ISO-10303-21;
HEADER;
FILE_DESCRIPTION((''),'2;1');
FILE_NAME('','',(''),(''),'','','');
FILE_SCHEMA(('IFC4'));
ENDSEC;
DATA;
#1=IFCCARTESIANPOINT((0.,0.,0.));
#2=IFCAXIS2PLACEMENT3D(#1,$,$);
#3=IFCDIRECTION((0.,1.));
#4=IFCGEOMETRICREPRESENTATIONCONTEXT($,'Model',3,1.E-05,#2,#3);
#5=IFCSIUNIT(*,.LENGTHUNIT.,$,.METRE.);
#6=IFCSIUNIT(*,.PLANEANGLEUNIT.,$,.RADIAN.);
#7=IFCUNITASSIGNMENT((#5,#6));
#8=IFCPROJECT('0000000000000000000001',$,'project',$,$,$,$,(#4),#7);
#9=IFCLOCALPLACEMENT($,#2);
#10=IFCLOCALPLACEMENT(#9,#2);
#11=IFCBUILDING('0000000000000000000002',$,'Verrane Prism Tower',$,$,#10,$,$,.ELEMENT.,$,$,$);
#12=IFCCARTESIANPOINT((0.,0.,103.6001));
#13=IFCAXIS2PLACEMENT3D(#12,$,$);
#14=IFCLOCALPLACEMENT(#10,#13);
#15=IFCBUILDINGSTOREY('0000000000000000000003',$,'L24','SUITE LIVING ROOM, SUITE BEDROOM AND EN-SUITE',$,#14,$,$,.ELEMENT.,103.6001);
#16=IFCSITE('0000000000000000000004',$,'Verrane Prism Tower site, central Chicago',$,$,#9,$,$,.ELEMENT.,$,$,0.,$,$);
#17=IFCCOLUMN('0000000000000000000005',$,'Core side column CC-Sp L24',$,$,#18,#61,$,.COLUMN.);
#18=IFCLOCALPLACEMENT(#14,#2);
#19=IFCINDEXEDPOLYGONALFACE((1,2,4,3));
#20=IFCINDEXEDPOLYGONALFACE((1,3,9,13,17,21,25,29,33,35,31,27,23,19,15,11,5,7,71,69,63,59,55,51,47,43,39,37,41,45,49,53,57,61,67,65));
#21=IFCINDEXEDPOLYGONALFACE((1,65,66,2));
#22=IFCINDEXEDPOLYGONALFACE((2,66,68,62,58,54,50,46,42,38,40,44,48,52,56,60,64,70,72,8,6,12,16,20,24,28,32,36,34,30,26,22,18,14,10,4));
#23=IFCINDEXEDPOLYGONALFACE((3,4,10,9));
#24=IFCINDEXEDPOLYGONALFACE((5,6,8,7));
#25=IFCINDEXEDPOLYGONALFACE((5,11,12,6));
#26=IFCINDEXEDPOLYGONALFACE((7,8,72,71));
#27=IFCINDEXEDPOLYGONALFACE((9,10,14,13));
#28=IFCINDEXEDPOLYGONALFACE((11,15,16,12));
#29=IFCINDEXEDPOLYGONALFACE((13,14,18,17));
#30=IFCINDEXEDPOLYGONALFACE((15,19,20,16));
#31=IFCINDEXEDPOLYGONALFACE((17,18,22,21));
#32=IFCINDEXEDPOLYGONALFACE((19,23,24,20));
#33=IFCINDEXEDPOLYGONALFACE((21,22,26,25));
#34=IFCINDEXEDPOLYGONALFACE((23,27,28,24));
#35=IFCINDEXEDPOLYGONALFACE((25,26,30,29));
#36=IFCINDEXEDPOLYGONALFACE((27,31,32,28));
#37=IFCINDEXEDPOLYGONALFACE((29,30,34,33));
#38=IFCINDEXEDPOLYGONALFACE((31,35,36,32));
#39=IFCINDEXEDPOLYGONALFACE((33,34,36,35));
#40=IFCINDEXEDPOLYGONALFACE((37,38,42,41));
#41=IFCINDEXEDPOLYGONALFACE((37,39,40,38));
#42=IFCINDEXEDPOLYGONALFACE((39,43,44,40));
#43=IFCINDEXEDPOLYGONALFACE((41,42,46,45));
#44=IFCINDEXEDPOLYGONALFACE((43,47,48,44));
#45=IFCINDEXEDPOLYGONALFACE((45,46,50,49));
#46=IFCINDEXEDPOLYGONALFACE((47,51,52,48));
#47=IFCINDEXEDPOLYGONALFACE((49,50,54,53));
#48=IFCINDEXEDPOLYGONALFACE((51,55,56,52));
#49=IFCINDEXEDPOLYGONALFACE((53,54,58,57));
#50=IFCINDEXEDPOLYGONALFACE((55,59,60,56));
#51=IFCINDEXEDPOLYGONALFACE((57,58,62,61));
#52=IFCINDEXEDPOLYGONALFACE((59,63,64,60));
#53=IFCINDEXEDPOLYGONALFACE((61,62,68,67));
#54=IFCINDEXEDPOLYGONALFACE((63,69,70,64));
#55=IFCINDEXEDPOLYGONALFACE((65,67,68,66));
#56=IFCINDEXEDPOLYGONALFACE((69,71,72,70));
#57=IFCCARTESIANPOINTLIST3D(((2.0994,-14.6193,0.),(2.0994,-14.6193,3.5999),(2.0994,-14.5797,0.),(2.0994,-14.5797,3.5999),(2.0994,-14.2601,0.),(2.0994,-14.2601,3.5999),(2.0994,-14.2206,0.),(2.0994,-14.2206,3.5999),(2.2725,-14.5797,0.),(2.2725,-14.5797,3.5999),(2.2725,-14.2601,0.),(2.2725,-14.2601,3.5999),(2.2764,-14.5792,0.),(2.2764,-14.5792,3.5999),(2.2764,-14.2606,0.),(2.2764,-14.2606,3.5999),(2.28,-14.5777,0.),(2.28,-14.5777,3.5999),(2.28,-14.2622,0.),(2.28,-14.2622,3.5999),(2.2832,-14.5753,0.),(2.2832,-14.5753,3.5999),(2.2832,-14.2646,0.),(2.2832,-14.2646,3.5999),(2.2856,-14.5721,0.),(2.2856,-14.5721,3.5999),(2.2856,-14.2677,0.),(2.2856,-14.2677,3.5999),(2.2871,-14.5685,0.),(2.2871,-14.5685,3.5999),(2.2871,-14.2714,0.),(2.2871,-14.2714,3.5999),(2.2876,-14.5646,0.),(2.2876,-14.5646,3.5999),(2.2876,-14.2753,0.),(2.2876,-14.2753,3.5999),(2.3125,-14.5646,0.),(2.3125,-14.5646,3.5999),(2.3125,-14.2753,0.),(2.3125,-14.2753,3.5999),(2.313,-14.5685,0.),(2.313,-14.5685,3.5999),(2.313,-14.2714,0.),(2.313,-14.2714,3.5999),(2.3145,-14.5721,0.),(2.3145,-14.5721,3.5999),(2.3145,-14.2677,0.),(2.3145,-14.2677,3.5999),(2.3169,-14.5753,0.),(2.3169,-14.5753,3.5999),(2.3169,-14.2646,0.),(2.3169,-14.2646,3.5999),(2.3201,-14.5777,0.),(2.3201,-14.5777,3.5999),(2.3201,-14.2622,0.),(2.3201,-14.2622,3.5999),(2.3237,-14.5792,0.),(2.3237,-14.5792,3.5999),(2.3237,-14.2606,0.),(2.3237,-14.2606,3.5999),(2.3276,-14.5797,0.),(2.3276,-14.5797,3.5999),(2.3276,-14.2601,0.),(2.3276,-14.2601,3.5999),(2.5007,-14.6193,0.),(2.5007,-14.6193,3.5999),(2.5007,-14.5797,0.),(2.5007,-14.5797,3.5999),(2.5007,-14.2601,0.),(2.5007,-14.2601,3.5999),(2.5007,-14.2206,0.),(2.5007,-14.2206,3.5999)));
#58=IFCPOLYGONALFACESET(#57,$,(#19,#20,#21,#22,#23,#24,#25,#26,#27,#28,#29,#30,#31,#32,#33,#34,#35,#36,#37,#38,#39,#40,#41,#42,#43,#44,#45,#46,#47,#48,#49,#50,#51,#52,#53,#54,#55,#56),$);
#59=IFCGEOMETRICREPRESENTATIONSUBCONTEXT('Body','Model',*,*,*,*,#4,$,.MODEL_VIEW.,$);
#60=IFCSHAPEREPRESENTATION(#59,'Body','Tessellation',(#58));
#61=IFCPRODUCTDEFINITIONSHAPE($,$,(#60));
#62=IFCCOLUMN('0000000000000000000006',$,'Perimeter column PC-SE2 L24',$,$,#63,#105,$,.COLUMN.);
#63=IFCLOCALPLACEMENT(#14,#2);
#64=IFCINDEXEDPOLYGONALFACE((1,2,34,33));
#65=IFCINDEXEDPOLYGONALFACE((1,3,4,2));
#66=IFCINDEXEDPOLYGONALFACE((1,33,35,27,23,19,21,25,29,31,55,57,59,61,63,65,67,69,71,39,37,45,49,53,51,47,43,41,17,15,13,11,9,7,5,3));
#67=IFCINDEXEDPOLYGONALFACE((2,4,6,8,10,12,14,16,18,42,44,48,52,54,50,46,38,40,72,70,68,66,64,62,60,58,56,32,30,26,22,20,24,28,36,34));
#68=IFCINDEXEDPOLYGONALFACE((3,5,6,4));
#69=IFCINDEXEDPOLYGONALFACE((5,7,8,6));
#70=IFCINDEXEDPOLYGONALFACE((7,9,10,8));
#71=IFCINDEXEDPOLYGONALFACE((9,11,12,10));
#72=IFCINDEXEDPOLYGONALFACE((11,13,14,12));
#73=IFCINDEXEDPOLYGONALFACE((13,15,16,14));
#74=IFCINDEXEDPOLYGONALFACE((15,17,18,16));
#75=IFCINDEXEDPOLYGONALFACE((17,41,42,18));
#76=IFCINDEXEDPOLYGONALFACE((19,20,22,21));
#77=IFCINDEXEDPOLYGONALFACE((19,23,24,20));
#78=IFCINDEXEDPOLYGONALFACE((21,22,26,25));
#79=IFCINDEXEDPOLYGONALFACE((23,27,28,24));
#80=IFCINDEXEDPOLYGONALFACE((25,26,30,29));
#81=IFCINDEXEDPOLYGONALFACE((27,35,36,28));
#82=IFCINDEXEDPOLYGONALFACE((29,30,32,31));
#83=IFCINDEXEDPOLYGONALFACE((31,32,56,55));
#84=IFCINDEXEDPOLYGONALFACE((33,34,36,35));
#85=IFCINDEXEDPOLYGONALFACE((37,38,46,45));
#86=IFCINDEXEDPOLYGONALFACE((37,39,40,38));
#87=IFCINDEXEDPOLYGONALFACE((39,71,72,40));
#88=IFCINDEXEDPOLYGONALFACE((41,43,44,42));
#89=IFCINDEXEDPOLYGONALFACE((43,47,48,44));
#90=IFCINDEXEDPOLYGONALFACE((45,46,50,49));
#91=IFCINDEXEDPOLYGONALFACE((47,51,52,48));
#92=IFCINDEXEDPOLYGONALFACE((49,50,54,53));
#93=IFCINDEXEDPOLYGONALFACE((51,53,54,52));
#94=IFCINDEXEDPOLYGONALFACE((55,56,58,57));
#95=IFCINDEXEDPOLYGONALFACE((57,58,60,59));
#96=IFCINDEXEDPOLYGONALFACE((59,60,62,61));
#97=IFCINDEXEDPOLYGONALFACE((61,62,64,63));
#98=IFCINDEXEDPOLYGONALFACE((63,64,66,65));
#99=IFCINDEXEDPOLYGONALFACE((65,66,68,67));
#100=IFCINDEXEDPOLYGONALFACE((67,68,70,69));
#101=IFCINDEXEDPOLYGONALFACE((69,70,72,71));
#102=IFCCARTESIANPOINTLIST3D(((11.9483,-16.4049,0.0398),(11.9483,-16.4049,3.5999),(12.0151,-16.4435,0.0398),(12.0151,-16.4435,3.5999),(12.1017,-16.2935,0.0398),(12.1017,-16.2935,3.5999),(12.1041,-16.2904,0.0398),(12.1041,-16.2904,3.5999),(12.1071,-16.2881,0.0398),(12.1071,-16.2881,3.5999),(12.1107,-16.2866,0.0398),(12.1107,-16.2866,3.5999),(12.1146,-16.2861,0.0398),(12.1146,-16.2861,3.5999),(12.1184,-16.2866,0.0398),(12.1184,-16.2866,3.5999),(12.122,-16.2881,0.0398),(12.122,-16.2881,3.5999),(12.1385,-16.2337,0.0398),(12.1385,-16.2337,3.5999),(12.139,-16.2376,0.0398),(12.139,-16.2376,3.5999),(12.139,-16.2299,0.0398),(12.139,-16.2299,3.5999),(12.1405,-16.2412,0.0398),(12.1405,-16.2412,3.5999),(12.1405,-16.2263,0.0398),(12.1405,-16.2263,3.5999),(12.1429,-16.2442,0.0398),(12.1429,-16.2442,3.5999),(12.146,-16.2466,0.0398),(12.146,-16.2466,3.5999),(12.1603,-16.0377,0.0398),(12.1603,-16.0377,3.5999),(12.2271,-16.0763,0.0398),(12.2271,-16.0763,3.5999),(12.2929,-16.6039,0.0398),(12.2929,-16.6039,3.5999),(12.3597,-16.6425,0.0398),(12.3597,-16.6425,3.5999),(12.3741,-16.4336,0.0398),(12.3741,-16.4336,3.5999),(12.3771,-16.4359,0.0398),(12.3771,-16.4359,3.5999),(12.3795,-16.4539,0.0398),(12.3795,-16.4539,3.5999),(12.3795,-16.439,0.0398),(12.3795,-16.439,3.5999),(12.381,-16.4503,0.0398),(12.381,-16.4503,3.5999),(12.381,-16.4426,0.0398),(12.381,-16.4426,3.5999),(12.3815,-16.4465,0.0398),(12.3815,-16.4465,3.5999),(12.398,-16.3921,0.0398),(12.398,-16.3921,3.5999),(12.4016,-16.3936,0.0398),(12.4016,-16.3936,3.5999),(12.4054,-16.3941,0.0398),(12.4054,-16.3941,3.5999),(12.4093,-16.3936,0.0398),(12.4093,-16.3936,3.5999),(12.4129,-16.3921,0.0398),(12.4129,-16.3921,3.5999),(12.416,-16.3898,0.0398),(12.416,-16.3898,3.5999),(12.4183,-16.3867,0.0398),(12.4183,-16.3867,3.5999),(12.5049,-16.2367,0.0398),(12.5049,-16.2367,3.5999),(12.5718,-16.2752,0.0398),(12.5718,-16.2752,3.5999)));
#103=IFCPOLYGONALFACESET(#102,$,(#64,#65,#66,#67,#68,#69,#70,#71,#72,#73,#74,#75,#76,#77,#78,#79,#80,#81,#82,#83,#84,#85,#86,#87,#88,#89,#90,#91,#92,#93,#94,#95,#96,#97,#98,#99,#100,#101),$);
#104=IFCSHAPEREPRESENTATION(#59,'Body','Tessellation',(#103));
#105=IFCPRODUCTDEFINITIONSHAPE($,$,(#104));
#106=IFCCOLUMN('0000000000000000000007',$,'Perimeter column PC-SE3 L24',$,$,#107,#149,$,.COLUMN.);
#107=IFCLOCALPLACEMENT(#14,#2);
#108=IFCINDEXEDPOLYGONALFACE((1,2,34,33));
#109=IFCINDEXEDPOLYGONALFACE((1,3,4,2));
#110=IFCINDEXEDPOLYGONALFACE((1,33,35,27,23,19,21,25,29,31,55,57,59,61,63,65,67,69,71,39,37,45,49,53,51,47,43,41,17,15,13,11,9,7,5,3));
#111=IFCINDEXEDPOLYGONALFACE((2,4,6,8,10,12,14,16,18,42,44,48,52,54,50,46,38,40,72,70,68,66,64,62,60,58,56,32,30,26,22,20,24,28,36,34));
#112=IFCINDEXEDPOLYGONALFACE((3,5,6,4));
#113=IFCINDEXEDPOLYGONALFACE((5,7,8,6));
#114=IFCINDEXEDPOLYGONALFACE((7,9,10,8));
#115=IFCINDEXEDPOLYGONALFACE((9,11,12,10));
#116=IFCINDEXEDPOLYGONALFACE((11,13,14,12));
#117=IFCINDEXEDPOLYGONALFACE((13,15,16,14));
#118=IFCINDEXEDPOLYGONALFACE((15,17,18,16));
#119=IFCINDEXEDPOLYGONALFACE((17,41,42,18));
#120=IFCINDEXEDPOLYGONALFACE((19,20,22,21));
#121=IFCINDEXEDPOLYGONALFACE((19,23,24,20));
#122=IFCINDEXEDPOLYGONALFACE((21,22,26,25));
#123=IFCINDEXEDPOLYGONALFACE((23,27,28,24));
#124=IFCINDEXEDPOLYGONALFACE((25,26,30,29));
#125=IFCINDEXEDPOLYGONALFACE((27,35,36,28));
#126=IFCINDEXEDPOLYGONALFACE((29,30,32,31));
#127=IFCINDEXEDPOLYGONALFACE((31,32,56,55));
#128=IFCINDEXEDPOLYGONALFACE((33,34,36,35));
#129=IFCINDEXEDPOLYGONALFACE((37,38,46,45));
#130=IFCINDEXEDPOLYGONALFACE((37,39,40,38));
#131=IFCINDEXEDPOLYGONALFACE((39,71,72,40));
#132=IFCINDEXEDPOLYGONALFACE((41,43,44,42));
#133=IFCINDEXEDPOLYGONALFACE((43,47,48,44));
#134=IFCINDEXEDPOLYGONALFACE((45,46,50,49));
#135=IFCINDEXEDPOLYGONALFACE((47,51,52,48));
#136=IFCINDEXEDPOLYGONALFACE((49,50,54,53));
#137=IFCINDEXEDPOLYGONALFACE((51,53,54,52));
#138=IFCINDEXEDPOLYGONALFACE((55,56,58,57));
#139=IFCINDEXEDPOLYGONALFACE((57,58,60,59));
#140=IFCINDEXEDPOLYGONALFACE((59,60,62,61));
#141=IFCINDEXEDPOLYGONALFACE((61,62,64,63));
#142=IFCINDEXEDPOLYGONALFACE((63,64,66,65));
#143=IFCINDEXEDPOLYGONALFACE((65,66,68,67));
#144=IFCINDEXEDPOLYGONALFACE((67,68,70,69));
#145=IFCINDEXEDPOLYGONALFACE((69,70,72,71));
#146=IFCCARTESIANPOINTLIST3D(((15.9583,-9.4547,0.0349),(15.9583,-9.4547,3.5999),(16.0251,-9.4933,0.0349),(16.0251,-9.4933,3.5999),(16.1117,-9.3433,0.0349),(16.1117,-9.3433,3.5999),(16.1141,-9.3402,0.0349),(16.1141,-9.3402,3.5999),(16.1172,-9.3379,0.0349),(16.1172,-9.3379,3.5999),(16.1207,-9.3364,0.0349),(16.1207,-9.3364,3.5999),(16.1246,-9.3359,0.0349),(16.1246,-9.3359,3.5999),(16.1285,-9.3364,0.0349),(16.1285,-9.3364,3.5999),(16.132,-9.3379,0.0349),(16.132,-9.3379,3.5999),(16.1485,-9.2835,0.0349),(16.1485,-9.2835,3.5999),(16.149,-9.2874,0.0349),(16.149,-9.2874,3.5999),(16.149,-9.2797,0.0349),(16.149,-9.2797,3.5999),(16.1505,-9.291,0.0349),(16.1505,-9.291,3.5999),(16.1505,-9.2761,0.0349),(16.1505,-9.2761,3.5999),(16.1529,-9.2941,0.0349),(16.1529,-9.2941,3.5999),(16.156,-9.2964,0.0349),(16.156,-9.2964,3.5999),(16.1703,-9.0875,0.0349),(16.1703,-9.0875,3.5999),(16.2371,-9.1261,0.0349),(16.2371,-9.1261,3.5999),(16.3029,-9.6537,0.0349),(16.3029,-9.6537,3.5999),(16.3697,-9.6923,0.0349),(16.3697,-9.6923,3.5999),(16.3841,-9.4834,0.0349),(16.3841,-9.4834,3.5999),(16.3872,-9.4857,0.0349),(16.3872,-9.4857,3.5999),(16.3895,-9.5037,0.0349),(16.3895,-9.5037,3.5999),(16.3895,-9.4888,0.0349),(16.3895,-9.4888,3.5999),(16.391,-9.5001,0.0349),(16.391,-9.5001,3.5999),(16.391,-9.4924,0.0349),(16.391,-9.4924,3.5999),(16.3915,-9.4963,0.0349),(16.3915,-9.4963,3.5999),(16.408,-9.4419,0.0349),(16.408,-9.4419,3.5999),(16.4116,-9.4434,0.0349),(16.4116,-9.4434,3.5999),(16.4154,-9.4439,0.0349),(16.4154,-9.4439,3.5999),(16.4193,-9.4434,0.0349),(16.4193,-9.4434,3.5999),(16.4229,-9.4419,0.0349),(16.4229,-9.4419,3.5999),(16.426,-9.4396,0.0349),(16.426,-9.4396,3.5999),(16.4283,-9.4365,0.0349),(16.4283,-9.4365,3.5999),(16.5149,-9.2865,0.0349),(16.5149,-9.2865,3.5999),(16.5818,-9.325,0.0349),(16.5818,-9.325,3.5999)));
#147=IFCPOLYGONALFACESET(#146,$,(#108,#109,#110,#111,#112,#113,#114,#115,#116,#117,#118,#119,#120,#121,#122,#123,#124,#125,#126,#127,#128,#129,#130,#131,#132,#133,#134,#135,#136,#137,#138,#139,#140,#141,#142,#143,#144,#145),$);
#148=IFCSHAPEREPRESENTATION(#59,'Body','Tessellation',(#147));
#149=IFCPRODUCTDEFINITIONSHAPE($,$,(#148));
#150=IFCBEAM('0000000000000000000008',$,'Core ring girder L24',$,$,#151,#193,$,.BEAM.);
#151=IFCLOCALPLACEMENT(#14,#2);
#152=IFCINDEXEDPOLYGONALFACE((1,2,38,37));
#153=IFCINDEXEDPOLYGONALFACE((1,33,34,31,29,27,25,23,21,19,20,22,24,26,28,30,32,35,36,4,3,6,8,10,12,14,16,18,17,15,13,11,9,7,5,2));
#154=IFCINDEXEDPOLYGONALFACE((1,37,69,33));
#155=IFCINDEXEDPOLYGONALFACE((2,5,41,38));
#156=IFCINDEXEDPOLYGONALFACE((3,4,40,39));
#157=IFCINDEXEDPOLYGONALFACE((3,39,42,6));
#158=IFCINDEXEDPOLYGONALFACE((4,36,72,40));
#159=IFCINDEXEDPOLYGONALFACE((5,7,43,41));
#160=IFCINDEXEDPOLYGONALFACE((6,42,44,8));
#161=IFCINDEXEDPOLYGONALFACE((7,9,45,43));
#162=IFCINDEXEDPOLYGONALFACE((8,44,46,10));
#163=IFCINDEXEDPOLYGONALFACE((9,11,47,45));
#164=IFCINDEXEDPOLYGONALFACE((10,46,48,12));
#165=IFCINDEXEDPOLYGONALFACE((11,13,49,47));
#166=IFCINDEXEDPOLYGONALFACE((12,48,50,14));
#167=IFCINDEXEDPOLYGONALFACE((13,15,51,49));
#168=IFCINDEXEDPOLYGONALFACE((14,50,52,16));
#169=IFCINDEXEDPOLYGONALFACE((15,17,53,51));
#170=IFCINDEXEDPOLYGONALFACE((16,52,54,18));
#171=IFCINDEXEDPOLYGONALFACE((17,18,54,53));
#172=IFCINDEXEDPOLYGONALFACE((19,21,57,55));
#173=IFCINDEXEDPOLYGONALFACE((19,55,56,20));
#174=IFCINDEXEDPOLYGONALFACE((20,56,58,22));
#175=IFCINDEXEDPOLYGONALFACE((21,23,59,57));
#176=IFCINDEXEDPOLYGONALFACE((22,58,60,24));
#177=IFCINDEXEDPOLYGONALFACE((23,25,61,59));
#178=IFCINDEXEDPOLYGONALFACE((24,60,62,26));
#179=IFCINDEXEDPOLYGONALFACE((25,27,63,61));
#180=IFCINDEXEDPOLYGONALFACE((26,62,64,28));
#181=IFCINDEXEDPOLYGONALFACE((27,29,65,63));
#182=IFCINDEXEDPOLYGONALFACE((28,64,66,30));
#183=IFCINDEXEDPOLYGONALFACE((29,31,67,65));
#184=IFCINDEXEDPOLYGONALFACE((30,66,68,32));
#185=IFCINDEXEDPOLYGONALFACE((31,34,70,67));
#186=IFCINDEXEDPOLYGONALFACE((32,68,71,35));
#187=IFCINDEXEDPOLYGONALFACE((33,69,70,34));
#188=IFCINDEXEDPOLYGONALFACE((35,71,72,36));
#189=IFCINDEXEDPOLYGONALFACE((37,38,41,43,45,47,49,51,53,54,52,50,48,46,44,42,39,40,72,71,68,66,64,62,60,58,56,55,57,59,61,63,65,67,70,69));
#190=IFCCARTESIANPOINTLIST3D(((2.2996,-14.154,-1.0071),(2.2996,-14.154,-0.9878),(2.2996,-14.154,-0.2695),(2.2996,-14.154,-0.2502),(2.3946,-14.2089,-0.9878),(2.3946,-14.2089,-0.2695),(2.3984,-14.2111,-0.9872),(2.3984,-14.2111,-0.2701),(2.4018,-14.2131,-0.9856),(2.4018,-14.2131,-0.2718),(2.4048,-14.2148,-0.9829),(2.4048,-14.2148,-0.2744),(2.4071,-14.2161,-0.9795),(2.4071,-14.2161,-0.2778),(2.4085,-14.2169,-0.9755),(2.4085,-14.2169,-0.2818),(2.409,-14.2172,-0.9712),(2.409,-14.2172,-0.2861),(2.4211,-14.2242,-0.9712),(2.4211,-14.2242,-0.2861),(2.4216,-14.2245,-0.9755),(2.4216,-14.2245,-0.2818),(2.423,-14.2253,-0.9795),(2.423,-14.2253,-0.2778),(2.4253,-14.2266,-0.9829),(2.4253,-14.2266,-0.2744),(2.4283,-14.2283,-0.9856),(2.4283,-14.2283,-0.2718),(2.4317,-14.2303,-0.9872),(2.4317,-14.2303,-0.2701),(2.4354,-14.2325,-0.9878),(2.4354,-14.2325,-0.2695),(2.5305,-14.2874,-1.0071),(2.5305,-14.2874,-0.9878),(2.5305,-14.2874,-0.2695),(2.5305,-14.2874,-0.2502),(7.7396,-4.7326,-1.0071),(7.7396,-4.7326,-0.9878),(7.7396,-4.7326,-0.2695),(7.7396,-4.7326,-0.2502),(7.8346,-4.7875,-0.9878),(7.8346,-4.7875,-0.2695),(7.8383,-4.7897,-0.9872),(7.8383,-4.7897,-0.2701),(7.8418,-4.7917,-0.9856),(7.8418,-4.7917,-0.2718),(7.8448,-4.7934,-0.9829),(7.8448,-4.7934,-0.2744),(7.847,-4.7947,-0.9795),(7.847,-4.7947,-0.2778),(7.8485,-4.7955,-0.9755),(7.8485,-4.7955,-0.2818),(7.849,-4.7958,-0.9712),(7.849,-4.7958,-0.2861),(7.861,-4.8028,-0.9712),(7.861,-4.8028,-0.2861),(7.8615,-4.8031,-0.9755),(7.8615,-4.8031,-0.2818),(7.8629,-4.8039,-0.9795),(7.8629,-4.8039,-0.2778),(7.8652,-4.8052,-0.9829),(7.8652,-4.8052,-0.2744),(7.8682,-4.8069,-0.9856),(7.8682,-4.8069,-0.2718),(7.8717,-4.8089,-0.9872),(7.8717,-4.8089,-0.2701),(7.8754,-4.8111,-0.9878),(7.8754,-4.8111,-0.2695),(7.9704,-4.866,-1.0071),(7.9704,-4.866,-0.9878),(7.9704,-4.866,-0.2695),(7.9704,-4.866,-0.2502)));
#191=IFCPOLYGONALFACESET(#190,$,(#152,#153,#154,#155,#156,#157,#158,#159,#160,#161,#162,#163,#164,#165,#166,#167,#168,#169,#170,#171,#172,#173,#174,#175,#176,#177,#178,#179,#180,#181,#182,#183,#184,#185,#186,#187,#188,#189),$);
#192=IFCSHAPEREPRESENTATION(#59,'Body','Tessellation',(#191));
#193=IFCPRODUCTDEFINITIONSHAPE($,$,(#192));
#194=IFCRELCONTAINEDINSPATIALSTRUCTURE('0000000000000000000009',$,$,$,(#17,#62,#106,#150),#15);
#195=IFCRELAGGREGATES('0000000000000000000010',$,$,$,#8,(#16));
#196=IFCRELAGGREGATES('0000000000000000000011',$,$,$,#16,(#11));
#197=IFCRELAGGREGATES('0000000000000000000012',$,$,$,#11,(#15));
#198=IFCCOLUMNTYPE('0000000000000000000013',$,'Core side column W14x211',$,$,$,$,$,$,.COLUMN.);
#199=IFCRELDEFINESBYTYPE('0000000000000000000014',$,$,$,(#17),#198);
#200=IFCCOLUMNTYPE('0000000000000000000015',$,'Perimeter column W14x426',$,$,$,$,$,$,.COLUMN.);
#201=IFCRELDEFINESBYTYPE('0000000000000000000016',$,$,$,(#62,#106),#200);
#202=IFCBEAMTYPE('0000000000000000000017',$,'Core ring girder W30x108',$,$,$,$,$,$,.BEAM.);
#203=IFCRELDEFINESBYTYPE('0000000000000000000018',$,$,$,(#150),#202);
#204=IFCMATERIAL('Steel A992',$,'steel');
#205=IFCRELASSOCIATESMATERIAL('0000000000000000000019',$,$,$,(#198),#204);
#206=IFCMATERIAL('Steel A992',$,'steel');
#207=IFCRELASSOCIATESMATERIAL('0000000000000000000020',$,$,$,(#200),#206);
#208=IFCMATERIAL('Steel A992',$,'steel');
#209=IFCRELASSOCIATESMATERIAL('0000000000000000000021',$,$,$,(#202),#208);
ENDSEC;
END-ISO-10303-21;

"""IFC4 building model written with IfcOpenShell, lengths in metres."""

from ifc_helpers import new_model, si_unit, direction, frame, origin, origin_2d, place, context, subcontext, project, spatial, i_section, extrude, material, material_profile, profile_set, type_object, element, save


model = new_model("IFC4")

# Units and contexts
model_context = context("Model", 3, precision=1e-05, world=origin(), true_north=direction((0.0, 1.0)))
body_context = subcontext(model_context, "Body", "Model", "MODEL_VIEW")
ifc_project = project(units=[si_unit("LENGTHUNIT", "METRE"), si_unit("PLANEANGLEUNIT", "RADIAN")], contexts=[model_context])

# Site, building, storey
site_placement = place(None, origin())
site = spatial("IfcSite", under=ifc_project, at=site_placement, Name="Verrane Prism Tower site, central Chicago", CompositionType="ELEMENT", RefElevation=0.0)
building_placement = place(site_placement, origin())
building = spatial("IfcBuilding", under=site, at=building_placement, Name="Verrane Prism Tower", CompositionType="ELEMENT")
storey_placement = place(building_placement, frame((0.0, 0.0, 103.6001)))
storey = spatial("IfcBuildingStorey", under=building, at=storey_placement, Name="L24", Description="SUITE LIVING ROOM, SUITE BEDROOM AND EN-SUITE", CompositionType="ELEMENT", Elevation=103.6001)

# Columns
ifc_material_1 = material(Name="Steel A992", Category="steel")
ifc_material_profile_1 = material_profile(ifc_material_1, i_section(OverallWidth=0.4014, OverallDepth=0.3987, WebThickness=0.0249, FlangeThickness=0.0396, FilletRadius=0.0151, at=origin_2d()), Name="W14x211")
ifc_profile_set_1 = profile_set([ifc_material_profile_1], Name="Steel A992")
column_type_1 = type_object("IfcColumnType", Name="Core side column W14x211", PredefinedType="COLUMN", material=ifc_profile_set_1)
column_1_placement = place(storey_placement, frame((2.3, -14.4199, 0.0), z_axis=(0.0, 0.0, 1.0), x_axis=(1.0, 0.0, 0.0)))
element("IfcColumn", 1, at=column_1_placement, inside=storey, type_object=column_type_1, Name="Core side column CC-Sp L24", PredefinedType="COLUMN", context=body_context, shape_type="SweptSolid", body=[
    extrude(i_section(OverallWidth=0.4014, OverallDepth=0.3987, WebThickness=0.0249, FlangeThickness=0.0396, FilletRadius=0.0151, at=origin_2d()), origin(), (0.0, 0.0, 1.0), 3.5999),
])
ifc_material_2 = material(Name="Steel A992", Category="steel")
ifc_material_profile_2 = material_profile(ifc_material_2, i_section(OverallWidth=0.4241, OverallDepth=0.4751, WebThickness=0.0479, FlangeThickness=0.0771, FilletRadius=0.0149, at=origin_2d()), Name="W14x426")
ifc_profile_set_2 = profile_set([ifc_material_profile_2], Name="Steel A992")
column_type_2 = type_object("IfcColumnType", Name="Perimeter column W14x426", PredefinedType="COLUMN", material=ifc_profile_set_2)
column_2_placement = place(storey_placement, frame((12.26, -16.3401, 0.0398), z_axis=(0.0, 0.0, 1.0), x_axis=(-0.5, -0.866025, 0.0)))
element("IfcColumn", 2, at=column_2_placement, inside=storey, type_object=column_type_2, Name="Perimeter column PC-SE2 L24", PredefinedType="COLUMN", context=body_context, shape_type="SweptSolid", body=[
    extrude(i_section(OverallWidth=0.4241, OverallDepth=0.4751, WebThickness=0.0479, FlangeThickness=0.0771, FilletRadius=0.0149, at=origin_2d()), origin(), (0.0, 0.0, 1.0), 3.5601),
])
column_3_placement = place(storey_placement, frame((16.27, -9.3899, 0.0349), z_axis=(0.0, 0.0, 1.0), x_axis=(-0.5, -0.866025, 0.0)))
element("IfcColumn", 3, at=column_3_placement, inside=storey, type_object=column_type_2, Name="Perimeter column PC-SE3 L24", PredefinedType="COLUMN", context=body_context, shape_type="SweptSolid", body=[
    extrude(i_section(OverallWidth=0.4241, OverallDepth=0.4751, WebThickness=0.0479, FlangeThickness=0.0771, FilletRadius=0.0149, at=origin_2d()), origin(), (0.0, 0.0, 1.0), 3.5649),
])

# Beam
ifc_material_3 = material(Name="Steel A992", Category="steel")
ifc_material_profile_3 = material_profile(ifc_material_3, i_section(OverallWidth=0.2666, OverallDepth=0.7568, WebThickness=0.0139, FlangeThickness=0.0193, FilletRadius=0.0166, at=origin_2d()), Name="W30x108")
ifc_profile_set_3 = profile_set([ifc_material_profile_3], Name="Steel A992")
beam_type_1 = type_object("IfcBeamType", Name="Core ring girder W30x108", PredefinedType="BEAM", material=ifc_profile_set_3)
beam_1_placement = place(storey_placement, frame((2.415, -14.2207, -0.6287), z_axis=(0.500035, 0.866005, 0.0), x_axis=(-0.866005, 0.500035, 0.0)))
element("IfcBeam", 4, at=beam_1_placement, inside=storey, type_object=beam_type_1, Name="Core ring girder L24", PredefinedType="BEAM", context=body_context, shape_type="SweptSolid", body=[
    extrude(i_section(OverallWidth=0.2666, OverallDepth=0.7568, WebThickness=0.0139, FlangeThickness=0.0193, FilletRadius=0.0166, at=origin_2d()), origin(), (0.0, 0.0, 1.0), 10.8792),
])

save(model, "model.ifc")
